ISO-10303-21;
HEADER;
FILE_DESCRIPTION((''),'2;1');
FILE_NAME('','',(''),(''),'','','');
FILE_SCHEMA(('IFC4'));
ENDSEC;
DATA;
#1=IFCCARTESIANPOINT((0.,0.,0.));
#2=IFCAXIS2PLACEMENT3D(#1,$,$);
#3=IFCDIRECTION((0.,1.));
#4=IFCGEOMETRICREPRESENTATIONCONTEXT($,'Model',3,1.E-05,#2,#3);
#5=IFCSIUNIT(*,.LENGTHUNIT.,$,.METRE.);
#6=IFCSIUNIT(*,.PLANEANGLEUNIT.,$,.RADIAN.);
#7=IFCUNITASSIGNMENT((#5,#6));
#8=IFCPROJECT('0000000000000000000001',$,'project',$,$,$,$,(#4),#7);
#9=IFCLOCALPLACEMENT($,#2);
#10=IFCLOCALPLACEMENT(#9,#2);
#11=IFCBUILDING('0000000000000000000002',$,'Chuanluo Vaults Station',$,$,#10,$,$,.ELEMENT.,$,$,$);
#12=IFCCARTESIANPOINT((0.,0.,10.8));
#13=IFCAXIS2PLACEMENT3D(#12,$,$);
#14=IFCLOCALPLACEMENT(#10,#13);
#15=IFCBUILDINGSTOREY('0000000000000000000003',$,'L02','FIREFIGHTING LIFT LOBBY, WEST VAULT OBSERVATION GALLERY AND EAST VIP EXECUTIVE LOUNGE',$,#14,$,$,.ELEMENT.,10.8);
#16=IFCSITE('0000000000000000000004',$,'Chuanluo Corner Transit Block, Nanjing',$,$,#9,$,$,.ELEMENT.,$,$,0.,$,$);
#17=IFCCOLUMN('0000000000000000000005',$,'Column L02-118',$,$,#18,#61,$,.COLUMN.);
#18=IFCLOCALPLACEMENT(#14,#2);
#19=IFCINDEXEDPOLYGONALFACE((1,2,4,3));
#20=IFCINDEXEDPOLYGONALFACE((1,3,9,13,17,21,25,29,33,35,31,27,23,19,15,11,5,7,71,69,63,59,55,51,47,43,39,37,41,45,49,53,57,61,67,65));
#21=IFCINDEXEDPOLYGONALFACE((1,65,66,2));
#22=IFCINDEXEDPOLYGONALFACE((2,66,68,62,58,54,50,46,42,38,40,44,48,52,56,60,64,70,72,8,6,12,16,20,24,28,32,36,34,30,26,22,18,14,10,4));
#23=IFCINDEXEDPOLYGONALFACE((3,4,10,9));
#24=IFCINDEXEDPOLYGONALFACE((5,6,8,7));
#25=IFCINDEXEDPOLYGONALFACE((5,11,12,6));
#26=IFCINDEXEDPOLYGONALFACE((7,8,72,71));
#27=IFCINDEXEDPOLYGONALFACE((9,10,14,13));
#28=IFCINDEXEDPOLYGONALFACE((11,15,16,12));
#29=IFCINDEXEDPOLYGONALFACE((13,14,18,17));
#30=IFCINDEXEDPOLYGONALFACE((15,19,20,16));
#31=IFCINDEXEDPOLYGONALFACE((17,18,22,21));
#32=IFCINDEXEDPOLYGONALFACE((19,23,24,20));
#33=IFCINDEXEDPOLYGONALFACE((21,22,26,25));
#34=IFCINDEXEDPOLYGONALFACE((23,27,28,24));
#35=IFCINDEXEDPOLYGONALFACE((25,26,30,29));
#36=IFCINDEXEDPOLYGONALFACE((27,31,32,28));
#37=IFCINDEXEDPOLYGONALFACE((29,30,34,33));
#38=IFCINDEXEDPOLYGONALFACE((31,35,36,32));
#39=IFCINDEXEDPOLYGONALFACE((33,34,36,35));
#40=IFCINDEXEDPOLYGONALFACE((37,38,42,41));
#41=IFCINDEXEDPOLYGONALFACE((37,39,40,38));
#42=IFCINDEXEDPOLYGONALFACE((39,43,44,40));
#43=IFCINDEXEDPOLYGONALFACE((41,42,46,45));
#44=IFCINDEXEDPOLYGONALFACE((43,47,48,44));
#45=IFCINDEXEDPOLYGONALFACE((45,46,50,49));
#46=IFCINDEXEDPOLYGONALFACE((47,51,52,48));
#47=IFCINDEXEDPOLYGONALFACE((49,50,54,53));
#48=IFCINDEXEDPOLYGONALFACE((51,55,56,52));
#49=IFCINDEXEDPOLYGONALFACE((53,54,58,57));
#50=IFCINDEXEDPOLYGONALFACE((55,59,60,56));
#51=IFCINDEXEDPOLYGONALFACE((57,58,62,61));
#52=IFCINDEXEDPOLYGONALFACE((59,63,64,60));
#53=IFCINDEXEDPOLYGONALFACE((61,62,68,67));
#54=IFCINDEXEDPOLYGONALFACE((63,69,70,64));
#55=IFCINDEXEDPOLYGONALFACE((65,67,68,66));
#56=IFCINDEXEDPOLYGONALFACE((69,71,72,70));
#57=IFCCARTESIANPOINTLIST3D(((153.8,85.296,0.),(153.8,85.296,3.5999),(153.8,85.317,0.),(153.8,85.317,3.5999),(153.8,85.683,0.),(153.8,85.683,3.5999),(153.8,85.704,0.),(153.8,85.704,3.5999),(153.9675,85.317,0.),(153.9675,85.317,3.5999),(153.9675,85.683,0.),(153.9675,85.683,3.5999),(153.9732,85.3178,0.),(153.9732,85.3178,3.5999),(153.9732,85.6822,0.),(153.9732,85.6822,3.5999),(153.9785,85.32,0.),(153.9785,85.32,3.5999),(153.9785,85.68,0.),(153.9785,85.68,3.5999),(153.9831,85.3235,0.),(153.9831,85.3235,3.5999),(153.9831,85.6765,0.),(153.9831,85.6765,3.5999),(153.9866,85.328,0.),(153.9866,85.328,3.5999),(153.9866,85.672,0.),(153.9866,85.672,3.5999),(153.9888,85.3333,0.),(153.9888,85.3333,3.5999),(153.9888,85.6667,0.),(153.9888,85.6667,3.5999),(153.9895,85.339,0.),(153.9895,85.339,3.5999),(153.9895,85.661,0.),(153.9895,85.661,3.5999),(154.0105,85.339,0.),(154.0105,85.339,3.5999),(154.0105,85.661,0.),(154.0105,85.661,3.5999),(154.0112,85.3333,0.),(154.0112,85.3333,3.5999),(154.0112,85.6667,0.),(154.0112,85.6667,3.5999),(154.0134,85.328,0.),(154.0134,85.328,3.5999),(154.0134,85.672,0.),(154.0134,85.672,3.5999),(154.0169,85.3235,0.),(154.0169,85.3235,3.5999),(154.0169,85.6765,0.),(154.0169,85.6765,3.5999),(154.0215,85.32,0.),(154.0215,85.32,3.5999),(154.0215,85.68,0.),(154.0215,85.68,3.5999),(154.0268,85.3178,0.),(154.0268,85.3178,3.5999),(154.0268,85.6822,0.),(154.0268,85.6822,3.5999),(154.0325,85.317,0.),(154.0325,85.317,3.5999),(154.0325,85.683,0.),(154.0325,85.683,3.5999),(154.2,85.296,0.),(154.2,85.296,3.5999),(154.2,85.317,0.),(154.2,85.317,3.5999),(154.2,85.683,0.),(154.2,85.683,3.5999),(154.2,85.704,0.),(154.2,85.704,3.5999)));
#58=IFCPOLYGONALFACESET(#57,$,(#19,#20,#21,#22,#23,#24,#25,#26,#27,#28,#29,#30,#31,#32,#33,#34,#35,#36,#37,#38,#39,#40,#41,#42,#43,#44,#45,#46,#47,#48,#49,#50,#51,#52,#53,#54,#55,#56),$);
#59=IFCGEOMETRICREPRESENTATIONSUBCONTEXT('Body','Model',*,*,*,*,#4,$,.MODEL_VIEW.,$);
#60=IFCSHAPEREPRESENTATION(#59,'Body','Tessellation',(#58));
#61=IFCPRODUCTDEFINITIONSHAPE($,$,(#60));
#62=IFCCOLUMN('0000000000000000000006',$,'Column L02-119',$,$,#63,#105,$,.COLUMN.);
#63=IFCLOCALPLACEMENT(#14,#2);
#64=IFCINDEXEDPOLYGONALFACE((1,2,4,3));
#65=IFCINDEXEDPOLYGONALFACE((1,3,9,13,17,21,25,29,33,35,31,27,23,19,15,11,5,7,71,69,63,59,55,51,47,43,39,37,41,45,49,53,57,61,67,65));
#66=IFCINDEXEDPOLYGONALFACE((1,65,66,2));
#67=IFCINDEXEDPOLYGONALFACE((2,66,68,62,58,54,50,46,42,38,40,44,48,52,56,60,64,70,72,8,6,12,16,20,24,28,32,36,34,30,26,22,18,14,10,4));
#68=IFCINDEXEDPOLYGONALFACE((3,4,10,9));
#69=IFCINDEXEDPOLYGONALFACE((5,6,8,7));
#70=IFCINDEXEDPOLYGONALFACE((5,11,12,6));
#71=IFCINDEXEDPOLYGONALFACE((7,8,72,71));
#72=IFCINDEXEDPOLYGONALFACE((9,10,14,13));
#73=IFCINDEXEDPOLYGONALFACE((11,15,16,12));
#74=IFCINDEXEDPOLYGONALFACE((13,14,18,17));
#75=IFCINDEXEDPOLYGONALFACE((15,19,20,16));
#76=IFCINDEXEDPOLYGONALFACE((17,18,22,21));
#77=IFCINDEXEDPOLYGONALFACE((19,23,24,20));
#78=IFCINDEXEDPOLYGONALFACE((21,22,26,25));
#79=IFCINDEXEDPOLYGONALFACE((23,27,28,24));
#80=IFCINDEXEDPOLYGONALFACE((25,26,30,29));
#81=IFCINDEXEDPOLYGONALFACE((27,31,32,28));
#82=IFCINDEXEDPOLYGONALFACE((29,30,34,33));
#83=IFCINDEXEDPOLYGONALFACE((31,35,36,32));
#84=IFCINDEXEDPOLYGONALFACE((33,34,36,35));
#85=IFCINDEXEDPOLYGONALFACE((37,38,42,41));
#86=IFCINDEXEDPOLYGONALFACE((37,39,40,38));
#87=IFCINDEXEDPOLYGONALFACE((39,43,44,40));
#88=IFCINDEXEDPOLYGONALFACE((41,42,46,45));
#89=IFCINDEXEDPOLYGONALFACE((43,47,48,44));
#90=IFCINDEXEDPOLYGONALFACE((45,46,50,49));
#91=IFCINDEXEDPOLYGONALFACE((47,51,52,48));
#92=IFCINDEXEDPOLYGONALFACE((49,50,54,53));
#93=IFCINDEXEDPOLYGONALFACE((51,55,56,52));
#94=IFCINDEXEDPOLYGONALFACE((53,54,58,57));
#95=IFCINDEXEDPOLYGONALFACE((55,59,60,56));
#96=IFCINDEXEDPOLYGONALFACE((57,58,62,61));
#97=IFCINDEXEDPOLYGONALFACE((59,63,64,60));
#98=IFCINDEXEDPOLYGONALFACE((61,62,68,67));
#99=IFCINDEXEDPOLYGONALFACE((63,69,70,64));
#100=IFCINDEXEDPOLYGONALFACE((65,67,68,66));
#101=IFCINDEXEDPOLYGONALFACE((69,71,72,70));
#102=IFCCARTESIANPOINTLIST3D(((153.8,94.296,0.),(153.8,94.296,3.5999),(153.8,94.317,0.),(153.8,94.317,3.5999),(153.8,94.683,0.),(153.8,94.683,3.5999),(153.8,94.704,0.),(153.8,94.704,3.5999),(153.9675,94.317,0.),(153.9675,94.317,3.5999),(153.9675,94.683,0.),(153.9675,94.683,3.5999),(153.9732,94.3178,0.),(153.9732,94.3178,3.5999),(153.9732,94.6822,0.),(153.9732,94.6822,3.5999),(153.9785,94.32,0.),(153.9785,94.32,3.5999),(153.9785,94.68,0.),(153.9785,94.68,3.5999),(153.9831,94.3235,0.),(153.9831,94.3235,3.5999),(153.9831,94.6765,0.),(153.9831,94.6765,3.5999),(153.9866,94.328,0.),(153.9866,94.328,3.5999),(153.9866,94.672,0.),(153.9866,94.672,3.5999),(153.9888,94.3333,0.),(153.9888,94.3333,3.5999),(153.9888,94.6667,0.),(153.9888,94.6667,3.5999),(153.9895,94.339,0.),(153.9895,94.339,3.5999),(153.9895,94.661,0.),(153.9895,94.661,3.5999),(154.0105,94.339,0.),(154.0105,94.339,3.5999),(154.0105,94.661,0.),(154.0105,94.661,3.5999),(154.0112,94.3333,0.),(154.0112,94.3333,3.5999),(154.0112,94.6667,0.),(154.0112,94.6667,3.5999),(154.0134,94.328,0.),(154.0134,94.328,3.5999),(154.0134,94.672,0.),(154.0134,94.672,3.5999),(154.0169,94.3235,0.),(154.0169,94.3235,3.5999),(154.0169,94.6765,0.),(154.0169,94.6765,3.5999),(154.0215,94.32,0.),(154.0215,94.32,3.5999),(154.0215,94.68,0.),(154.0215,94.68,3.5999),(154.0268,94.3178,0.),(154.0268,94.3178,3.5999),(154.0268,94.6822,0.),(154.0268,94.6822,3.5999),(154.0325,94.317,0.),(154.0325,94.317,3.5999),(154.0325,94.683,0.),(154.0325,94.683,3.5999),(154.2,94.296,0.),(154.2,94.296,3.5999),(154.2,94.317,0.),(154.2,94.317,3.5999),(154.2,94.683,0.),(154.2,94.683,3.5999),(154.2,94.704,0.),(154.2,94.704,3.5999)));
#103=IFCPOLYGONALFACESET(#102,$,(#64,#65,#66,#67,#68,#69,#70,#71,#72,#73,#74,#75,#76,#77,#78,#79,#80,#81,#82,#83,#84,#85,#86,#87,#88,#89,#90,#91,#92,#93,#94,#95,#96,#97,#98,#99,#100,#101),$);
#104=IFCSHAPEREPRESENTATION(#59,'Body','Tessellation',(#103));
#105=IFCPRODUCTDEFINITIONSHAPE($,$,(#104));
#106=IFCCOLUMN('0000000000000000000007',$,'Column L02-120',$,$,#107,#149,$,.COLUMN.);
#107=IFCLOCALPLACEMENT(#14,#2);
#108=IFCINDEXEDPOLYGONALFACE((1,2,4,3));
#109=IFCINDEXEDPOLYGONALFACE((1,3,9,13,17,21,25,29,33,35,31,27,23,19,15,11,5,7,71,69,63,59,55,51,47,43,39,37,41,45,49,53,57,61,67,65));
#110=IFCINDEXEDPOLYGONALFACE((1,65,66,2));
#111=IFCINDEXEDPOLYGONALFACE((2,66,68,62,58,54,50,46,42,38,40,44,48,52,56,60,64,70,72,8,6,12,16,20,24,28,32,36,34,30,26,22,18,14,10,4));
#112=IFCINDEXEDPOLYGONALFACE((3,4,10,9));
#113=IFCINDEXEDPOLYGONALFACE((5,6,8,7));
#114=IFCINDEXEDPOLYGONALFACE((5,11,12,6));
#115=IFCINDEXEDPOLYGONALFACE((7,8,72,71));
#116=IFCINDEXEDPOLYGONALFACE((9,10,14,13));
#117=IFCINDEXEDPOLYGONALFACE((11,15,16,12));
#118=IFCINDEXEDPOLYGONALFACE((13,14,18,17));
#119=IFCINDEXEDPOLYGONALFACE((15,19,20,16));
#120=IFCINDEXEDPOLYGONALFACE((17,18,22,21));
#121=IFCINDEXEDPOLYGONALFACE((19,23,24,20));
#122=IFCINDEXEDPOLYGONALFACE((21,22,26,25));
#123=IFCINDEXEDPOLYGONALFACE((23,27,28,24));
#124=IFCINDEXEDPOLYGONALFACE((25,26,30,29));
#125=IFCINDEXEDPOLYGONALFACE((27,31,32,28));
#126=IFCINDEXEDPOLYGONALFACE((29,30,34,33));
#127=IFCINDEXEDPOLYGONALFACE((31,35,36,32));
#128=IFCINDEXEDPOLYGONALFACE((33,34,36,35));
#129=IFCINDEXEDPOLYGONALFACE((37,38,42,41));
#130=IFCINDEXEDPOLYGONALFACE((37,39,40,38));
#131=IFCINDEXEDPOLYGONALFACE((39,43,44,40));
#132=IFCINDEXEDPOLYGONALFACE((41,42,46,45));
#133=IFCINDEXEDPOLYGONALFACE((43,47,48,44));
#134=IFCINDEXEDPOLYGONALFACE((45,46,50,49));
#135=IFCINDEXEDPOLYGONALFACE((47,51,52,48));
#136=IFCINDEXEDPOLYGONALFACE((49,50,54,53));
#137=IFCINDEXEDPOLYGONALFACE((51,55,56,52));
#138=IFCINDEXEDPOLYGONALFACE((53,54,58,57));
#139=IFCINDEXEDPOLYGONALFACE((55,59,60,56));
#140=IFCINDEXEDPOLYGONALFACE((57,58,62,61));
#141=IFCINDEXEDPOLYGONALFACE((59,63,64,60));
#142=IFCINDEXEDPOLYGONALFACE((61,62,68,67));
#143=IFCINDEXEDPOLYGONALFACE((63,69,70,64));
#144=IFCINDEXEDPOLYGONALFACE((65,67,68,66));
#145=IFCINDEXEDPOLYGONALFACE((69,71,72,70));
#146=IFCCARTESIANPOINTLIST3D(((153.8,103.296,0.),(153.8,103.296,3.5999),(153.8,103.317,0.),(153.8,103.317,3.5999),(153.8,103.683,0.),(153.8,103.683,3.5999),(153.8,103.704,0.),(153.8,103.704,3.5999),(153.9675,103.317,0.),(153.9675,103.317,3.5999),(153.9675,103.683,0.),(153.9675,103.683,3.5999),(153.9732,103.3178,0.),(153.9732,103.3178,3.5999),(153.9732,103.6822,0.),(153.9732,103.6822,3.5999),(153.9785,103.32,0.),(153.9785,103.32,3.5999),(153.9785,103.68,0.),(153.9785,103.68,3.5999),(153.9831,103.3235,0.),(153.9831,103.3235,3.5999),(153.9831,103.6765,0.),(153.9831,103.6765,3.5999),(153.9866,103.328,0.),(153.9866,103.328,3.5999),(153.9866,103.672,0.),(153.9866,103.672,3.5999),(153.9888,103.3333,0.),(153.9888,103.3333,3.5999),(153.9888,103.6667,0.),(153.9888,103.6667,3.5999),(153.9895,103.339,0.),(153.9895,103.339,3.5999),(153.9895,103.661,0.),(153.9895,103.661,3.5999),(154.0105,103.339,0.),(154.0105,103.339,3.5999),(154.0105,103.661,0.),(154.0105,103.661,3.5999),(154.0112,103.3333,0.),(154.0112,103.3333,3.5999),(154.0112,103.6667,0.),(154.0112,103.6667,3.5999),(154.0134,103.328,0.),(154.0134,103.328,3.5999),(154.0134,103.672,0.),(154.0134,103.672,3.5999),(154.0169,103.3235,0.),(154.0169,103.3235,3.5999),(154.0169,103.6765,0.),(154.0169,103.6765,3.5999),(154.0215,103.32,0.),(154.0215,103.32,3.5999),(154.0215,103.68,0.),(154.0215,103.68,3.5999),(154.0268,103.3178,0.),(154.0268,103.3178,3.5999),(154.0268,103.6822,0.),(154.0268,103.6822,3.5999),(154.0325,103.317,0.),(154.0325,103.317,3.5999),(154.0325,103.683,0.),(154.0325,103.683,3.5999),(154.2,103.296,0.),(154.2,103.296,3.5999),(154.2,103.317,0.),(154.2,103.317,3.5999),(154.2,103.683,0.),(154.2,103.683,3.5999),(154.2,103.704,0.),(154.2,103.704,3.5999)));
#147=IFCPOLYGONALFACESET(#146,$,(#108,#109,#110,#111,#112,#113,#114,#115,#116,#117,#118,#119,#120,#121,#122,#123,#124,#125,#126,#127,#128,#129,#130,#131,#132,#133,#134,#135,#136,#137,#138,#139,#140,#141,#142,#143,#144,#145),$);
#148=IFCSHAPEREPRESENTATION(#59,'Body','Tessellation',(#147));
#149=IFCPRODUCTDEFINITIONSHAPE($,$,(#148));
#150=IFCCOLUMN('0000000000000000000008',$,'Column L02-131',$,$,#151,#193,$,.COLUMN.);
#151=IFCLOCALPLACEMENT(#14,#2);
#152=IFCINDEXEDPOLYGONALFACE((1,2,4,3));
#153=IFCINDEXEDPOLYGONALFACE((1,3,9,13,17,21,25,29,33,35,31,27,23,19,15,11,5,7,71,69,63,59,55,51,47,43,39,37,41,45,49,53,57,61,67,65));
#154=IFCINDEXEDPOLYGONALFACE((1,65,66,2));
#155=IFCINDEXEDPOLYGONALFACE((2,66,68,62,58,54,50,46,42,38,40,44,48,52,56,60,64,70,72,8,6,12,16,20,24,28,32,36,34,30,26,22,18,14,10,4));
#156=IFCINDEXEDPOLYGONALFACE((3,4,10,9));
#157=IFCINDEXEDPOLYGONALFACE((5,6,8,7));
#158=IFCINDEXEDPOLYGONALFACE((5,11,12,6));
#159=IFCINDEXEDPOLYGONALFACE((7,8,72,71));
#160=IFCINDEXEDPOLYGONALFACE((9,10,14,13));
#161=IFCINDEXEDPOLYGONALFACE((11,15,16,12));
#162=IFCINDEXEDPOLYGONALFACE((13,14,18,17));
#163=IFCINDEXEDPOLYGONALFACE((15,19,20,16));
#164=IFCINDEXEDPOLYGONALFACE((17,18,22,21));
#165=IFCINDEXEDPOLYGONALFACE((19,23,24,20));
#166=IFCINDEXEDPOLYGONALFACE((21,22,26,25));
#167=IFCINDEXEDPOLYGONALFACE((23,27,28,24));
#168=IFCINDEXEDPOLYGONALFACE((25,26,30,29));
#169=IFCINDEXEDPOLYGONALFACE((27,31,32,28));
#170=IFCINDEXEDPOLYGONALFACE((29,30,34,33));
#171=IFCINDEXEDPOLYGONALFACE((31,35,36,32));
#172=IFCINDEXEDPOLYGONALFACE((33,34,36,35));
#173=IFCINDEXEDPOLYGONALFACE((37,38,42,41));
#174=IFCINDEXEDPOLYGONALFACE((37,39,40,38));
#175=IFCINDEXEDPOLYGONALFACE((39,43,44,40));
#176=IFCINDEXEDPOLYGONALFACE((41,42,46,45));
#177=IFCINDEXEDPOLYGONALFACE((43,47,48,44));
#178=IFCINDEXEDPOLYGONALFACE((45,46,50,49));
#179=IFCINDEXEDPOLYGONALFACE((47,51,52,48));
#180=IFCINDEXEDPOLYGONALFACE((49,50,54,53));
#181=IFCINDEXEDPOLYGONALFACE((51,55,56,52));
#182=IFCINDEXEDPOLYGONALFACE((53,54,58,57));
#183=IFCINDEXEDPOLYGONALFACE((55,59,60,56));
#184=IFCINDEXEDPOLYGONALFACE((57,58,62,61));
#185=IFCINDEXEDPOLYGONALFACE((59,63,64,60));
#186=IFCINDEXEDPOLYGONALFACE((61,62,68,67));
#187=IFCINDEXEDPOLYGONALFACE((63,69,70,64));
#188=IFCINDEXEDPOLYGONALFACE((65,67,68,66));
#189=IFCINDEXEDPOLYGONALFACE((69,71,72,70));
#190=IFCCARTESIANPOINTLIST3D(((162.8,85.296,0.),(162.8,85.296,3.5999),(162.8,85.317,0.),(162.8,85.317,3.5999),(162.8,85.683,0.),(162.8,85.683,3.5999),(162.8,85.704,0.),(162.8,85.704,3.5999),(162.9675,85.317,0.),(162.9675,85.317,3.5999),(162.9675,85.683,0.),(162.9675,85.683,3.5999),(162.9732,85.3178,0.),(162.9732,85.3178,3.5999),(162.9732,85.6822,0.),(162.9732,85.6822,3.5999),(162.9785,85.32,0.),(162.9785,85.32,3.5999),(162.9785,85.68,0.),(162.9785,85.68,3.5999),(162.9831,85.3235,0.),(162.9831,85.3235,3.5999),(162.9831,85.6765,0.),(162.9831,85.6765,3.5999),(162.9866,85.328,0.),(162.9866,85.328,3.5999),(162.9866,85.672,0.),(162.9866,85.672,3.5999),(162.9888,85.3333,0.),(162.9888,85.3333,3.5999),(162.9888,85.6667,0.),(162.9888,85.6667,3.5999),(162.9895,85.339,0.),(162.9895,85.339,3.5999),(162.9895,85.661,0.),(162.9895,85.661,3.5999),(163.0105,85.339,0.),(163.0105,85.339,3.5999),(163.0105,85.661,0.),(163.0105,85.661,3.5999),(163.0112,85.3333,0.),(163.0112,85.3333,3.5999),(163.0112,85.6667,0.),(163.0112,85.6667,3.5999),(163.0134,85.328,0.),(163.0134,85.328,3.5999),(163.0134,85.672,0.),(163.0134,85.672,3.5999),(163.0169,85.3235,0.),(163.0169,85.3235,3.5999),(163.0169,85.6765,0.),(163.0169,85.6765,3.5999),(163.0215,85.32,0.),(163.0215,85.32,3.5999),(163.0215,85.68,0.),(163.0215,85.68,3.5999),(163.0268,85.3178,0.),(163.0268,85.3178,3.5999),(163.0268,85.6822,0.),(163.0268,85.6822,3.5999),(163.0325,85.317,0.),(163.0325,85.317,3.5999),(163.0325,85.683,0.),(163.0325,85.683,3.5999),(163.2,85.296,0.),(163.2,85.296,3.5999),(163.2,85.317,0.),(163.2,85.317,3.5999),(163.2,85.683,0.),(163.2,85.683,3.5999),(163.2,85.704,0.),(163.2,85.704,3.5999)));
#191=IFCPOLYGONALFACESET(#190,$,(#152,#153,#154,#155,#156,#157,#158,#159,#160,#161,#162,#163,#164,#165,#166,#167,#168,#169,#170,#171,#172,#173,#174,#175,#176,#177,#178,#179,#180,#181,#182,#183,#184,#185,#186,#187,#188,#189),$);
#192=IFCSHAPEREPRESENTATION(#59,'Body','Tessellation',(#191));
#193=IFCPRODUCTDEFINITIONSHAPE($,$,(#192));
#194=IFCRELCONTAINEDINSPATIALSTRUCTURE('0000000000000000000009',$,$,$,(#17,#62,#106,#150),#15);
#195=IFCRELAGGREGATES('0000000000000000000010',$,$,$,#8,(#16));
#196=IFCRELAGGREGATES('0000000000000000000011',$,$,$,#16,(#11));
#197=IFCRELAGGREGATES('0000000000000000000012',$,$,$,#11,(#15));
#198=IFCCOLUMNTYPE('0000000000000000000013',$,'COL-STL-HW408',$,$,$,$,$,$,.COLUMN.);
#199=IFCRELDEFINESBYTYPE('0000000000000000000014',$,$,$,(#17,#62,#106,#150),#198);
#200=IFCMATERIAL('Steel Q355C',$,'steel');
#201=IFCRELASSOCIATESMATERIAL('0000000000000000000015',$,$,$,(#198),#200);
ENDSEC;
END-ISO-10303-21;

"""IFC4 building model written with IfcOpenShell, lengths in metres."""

from ifc_helpers import new_model, si_unit, direction, frame, origin, origin_2d, place, context, subcontext, project, spatial, i_section, extrude, material, material_profile, profile_set, type_object, element, save


model = new_model("IFC4")

# Units and contexts
model_context = context("Model", 3, precision=1e-05, world=origin(), true_north=direction((0.0, 1.0)))
body_context = subcontext(model_context, "Body", "Model", "MODEL_VIEW")
ifc_project = project(units=[si_unit("LENGTHUNIT", "METRE"), si_unit("PLANEANGLEUNIT", "RADIAN")], contexts=[model_context])

# Site, building, storey
site_placement = place(None, origin())
site = spatial("IfcSite", under=ifc_project, at=site_placement, Name="Chuanluo Corner Transit Block, Nanjing", CompositionType="ELEMENT", RefElevation=0.0)
building_placement = place(site_placement, origin())
building = spatial("IfcBuilding", under=site, at=building_placement, Name="Chuanluo Vaults Station", CompositionType="ELEMENT")
storey_placement = place(building_placement, frame((0.0, 0.0, 10.8)))
storey = spatial("IfcBuildingStorey", under=building, at=storey_placement, Name="L02", Description="FIREFIGHTING LIFT LOBBY, WEST VAULT OBSERVATION GALLERY AND EAST VIP EXECUTIVE LOUNGE", CompositionType="ELEMENT", Elevation=10.8)

# Columns
ifc_material_1 = material(Name="Steel Q355C", Category="steel")
ifc_material_profile_1 = material_profile(ifc_material_1, i_section(OverallWidth=0.3999, OverallDepth=0.408, WebThickness=0.021, FlangeThickness=0.021, FilletRadius=0.022, at=origin_2d()))
ifc_profile_set_1 = profile_set([ifc_material_profile_1], Name="Steel Q355C")
column_type = type_object("IfcColumnType", Name="COL-STL-HW408", PredefinedType="COLUMN", material=ifc_profile_set_1)
for number, where, z_axis, x_axis, name in (
    (1, (154.0, 85.5, 0.0), (0.0, 0.0, 1.0), (1.0, 0.0, 0.0), "Column L02-118"),
    (2, (154.0, 94.5, 0.0), (0.0, 0.0, 1.0), (1.0, 0.0, 0.0), "Column L02-119"),
    (3, (154.0, 103.5, 0.0), (0.0, 0.0, 1.0), (1.0, 0.0, 0.0), "Column L02-120"),
    (4, (163.0, 85.5, 0.0), (0.0, 0.0, 1.0), (1.0, 0.0, 0.0), "Column L02-131"),
):
    element("IfcColumn", number, at=place(storey_placement, frame(where, z_axis=z_axis, x_axis=x_axis)), inside=storey, type_object=column_type, Name=name, PredefinedType="COLUMN", context=body_context, shape_type="SweptSolid", body=[
        extrude(i_section(OverallWidth=0.3999, OverallDepth=0.408, WebThickness=0.021, FlangeThickness=0.021, FilletRadius=0.022, at=origin_2d()), origin(), (0.0, 0.0, 1.0), 3.5999),
    ])

save(model, "model.ifc")
